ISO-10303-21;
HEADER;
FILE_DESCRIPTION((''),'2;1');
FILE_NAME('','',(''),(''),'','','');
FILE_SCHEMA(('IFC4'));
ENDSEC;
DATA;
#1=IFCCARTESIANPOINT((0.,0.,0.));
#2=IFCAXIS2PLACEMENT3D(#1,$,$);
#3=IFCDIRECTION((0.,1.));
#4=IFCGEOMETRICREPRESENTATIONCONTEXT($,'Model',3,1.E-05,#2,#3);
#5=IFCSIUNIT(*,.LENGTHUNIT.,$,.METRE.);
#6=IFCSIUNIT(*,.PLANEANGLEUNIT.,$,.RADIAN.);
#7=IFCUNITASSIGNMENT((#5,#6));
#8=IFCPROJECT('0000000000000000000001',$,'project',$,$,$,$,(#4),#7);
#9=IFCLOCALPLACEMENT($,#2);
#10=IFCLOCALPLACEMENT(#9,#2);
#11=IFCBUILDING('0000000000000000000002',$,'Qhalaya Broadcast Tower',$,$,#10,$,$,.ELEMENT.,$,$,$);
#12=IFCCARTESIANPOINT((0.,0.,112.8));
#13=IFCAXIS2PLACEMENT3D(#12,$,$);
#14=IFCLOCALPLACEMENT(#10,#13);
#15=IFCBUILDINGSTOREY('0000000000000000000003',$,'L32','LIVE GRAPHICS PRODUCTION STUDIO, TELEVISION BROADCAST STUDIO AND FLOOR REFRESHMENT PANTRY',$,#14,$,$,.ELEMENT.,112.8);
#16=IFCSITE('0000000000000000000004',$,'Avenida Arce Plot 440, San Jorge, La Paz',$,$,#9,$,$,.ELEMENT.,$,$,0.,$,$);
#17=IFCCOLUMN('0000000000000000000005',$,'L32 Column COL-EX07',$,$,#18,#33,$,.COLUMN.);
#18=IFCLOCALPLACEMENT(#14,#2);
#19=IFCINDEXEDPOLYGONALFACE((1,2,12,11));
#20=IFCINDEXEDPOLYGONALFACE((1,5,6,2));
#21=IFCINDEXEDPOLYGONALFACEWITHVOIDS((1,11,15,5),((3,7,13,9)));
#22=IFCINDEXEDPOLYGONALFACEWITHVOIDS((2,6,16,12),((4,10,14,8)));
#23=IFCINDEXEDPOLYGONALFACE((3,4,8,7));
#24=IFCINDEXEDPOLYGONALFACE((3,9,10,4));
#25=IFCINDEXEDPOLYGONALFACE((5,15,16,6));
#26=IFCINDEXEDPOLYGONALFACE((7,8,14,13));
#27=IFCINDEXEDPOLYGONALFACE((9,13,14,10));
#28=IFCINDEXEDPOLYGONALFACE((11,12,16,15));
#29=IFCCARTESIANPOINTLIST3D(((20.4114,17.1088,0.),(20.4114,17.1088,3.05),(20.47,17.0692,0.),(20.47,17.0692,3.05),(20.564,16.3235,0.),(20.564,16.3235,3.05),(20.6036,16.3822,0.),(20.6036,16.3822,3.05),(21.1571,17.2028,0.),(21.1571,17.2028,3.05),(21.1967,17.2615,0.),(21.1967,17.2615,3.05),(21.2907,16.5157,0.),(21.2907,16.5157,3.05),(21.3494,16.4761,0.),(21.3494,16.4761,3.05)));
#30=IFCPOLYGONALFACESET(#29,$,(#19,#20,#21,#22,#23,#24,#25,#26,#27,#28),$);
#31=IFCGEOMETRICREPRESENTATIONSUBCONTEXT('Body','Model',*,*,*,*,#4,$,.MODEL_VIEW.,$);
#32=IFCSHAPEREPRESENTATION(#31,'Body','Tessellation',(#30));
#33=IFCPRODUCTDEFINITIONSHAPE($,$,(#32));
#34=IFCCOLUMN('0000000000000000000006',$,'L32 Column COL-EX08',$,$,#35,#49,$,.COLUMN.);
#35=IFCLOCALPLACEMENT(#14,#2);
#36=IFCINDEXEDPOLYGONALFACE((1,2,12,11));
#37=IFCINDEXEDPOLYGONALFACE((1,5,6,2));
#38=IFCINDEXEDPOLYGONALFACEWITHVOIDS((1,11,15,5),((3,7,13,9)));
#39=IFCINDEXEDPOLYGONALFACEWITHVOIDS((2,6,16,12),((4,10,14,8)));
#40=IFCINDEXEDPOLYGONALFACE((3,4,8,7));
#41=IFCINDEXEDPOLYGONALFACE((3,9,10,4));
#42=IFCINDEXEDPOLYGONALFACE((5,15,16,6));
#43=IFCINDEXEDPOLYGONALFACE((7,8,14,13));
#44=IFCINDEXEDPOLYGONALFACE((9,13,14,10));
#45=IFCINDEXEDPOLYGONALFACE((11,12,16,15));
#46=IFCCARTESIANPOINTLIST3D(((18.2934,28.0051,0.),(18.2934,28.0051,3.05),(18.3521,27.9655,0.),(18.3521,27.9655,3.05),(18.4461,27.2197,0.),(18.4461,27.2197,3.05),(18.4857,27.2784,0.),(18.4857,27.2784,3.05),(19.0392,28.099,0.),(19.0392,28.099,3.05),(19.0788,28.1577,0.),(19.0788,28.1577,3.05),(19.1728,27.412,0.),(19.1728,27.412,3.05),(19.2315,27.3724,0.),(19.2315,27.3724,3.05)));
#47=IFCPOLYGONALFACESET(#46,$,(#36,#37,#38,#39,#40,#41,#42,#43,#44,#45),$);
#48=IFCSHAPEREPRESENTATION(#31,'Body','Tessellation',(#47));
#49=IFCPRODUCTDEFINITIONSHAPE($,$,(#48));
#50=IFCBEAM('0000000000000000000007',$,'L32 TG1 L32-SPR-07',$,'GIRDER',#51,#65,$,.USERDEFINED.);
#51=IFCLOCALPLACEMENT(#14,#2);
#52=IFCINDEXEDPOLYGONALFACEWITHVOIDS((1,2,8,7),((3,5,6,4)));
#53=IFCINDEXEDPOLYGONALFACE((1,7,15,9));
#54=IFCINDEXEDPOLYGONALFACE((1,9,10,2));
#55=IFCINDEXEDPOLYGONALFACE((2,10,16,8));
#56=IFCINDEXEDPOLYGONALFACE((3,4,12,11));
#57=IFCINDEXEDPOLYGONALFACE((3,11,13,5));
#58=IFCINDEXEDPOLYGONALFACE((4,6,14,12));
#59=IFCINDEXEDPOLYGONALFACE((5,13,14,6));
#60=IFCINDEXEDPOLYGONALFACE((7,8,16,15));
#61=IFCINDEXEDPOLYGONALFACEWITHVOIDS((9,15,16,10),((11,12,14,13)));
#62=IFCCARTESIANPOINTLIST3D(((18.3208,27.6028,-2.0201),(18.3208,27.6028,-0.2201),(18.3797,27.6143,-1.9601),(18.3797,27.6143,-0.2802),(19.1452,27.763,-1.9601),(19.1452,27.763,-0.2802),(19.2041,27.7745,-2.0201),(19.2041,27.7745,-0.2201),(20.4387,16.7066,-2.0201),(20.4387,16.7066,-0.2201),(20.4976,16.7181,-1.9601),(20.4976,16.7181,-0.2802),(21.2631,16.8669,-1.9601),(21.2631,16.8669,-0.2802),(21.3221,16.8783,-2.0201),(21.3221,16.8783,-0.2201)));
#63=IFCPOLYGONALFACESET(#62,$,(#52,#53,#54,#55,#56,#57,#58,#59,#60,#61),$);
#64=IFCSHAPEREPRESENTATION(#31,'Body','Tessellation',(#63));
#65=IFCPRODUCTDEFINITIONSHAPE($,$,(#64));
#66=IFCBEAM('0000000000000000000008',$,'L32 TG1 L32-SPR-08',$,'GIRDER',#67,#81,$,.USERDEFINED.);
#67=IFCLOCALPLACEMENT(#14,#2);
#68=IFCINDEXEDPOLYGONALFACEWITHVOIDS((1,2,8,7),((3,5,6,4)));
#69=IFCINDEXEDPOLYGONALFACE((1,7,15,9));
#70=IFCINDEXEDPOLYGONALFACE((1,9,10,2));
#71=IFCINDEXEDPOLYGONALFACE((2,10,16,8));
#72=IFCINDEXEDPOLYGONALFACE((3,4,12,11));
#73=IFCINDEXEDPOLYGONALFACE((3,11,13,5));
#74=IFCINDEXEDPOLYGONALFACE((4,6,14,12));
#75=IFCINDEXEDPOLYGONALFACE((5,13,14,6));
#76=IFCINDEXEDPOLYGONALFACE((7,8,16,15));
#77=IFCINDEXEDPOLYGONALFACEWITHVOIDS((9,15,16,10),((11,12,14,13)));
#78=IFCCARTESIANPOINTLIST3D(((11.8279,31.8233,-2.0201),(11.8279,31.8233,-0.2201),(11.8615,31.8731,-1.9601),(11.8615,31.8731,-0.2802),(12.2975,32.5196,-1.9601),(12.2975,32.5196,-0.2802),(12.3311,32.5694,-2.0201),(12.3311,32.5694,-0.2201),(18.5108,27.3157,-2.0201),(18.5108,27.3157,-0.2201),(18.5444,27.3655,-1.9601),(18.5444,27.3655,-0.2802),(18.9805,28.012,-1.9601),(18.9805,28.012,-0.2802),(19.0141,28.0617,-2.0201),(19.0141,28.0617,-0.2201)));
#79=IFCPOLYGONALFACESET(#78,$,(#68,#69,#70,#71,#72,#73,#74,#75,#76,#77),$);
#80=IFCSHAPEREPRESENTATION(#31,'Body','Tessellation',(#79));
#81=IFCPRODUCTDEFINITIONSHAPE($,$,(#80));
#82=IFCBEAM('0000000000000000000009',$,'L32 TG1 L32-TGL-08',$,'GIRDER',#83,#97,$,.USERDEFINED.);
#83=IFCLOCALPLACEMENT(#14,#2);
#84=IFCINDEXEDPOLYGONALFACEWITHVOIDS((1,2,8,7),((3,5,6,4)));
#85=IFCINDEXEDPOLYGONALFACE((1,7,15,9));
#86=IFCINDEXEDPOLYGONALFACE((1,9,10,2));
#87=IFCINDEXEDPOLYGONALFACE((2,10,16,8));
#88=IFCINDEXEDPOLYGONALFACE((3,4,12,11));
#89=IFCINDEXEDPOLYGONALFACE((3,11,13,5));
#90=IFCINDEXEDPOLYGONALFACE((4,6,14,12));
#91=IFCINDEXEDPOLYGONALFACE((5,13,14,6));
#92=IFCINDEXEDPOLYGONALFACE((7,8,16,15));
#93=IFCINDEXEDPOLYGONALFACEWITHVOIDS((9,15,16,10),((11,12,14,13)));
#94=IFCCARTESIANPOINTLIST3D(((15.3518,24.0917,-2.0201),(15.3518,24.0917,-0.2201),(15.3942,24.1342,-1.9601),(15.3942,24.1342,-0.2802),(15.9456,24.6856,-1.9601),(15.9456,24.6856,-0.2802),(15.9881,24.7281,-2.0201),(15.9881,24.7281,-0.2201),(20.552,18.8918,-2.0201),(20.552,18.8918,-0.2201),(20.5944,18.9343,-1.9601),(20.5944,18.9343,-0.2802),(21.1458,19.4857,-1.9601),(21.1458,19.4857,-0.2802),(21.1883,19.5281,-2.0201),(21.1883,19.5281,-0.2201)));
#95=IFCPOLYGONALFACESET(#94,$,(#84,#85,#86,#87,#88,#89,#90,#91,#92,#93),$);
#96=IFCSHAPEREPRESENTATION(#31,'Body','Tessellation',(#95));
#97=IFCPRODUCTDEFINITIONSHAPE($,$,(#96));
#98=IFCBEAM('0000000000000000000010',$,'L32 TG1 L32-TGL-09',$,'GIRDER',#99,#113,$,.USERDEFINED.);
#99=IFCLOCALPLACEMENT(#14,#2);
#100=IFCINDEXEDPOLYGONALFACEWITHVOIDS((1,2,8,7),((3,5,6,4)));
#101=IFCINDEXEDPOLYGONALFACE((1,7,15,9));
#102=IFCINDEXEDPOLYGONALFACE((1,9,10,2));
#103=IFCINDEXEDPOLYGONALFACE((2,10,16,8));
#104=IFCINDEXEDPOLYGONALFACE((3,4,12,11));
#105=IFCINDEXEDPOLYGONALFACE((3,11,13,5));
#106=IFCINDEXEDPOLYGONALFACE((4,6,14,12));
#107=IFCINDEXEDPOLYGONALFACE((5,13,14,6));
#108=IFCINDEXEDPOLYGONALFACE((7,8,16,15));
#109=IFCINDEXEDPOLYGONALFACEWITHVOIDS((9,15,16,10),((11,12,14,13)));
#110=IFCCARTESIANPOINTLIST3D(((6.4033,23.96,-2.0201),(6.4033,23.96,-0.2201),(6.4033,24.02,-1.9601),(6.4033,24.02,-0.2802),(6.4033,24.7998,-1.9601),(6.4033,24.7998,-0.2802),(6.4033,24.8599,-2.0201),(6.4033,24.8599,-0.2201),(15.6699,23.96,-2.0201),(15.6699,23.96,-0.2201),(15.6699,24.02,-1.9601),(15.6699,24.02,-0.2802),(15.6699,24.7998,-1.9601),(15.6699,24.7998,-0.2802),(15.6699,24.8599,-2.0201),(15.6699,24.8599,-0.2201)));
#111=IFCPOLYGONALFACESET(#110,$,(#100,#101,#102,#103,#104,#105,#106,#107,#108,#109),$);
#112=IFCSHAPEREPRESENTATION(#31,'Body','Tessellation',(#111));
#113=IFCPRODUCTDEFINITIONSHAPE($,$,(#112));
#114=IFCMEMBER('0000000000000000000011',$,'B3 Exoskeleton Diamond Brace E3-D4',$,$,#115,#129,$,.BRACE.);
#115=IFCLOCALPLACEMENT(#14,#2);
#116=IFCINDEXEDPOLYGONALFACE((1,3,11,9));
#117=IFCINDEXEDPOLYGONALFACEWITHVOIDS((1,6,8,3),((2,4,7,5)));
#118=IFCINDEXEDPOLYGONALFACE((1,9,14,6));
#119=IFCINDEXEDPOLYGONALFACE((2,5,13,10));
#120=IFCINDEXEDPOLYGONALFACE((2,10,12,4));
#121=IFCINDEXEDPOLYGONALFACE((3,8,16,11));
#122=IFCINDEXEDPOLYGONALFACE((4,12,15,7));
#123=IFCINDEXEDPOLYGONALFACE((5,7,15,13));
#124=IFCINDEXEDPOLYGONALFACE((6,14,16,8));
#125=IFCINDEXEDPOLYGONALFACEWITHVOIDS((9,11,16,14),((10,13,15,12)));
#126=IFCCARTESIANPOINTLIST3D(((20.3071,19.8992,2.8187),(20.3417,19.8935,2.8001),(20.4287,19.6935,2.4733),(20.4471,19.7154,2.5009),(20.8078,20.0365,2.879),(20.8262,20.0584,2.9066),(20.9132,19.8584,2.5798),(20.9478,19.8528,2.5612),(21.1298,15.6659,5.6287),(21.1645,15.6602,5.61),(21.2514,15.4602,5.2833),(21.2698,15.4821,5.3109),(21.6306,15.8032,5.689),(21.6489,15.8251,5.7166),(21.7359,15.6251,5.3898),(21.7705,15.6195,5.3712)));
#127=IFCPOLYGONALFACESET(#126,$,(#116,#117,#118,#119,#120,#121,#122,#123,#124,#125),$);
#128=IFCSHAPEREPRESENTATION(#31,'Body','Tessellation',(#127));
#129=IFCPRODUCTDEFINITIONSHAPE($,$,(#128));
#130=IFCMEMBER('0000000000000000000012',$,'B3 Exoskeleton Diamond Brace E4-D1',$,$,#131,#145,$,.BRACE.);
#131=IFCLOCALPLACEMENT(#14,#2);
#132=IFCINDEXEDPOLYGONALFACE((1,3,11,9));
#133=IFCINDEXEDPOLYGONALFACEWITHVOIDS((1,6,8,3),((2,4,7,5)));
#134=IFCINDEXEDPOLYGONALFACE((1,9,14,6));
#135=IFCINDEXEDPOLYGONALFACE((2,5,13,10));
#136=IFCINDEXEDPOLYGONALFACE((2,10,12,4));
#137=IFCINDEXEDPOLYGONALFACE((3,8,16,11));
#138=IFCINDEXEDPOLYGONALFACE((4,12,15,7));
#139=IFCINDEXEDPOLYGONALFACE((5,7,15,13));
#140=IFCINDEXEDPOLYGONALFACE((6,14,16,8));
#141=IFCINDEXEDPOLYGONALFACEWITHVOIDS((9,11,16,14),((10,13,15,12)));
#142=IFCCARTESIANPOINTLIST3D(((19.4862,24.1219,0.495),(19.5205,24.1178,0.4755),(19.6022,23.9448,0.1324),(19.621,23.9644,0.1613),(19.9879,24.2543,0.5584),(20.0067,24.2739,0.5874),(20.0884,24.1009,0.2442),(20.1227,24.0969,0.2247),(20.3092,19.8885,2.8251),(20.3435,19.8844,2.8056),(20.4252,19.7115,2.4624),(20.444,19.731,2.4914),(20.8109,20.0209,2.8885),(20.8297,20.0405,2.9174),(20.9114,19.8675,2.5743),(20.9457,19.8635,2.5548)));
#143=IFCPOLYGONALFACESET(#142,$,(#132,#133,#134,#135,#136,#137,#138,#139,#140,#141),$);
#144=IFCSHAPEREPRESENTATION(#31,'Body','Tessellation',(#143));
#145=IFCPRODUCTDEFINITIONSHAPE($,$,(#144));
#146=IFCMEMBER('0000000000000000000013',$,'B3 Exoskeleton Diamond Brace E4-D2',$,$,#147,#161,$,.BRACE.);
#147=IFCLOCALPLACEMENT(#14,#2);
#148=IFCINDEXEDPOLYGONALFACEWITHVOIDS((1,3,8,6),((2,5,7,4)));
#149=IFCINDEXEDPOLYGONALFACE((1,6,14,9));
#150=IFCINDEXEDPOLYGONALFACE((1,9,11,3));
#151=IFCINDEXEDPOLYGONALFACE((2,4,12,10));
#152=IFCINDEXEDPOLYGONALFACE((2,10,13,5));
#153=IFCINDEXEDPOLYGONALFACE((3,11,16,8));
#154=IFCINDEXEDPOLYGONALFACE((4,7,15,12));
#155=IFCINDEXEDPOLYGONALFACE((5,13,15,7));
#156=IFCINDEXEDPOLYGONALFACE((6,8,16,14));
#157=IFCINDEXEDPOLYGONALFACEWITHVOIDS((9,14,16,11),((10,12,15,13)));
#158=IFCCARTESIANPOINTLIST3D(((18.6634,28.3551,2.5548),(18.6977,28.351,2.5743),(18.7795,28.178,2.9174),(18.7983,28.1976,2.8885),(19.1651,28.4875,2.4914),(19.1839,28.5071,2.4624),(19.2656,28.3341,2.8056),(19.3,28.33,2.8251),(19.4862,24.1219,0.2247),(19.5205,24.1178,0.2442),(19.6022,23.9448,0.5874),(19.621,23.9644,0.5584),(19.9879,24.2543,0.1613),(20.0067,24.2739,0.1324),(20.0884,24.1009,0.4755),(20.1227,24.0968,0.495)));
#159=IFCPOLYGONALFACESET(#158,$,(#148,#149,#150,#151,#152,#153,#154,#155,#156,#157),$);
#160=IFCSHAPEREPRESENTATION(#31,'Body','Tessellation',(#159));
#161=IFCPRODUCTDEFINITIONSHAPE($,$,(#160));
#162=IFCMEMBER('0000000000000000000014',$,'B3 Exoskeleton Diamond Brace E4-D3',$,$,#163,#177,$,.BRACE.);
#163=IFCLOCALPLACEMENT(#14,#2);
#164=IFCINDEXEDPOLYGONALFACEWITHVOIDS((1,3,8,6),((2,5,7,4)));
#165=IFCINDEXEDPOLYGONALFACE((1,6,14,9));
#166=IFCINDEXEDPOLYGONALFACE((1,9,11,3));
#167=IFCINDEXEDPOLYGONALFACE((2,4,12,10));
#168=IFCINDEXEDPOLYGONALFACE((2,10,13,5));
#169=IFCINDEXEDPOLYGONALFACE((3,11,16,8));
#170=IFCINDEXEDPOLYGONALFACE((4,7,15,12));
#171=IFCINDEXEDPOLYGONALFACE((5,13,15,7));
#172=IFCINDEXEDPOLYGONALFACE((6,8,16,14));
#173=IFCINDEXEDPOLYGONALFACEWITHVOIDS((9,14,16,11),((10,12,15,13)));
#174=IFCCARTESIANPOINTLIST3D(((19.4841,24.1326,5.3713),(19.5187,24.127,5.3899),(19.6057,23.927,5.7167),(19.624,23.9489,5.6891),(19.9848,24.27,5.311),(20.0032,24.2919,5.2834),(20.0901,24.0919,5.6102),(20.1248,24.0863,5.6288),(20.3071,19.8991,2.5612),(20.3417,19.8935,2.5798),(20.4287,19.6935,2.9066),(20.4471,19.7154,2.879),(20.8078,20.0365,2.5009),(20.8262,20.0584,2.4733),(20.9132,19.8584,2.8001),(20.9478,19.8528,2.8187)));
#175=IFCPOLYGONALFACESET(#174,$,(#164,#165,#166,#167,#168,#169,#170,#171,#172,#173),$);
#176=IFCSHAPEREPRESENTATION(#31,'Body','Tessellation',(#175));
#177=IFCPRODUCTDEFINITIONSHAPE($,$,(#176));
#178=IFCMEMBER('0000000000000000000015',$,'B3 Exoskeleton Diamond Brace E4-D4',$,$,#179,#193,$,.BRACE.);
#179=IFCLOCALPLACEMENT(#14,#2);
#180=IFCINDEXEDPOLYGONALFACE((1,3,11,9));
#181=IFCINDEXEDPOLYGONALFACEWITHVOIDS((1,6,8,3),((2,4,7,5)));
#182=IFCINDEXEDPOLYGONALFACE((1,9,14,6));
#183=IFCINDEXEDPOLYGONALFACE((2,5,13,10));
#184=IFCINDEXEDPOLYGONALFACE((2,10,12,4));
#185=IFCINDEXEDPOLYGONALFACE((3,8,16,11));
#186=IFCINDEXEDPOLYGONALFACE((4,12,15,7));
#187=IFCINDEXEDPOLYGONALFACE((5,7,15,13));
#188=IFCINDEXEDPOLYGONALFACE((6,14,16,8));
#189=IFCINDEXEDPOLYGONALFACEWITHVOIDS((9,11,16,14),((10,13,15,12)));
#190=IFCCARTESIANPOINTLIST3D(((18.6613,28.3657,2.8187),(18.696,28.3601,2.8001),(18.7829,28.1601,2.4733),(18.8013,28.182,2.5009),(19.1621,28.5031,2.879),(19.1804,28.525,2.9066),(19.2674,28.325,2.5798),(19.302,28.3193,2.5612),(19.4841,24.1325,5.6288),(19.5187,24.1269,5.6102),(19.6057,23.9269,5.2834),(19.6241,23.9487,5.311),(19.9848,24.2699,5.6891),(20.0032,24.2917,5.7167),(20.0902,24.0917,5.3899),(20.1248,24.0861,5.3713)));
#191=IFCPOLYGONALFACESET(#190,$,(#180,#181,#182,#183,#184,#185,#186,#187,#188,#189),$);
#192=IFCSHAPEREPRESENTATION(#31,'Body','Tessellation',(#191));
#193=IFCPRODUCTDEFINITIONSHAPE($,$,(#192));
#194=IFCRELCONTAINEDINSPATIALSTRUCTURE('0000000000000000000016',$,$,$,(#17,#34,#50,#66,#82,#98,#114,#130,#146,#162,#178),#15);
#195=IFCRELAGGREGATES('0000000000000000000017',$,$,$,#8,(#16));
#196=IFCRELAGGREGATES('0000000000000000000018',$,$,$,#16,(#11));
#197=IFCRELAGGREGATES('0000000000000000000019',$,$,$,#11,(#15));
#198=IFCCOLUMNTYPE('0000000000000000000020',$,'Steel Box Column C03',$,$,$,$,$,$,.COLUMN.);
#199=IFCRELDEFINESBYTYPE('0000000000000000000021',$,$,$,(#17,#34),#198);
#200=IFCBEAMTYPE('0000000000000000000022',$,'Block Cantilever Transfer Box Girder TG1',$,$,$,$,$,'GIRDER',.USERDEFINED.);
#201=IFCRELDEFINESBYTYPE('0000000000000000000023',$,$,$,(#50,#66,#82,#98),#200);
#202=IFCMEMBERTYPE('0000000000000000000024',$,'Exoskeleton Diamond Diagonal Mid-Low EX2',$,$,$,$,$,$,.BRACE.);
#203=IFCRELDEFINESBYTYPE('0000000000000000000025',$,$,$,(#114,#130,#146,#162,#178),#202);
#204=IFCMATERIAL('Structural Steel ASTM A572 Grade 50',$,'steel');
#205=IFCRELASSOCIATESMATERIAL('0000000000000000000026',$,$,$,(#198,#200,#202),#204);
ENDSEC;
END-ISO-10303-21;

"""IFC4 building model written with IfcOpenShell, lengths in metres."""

from ifc_helpers import new_model, si_unit, direction, frame, origin, origin_2d, place, context, subcontext, project, spatial, hollow_rectangle, extrude, material, material_profile, profile_set, type_object, element, save


model = new_model("IFC4")

# Units and contexts
model_context = context("Model", 3, precision=1e-05, world=origin(), true_north=direction((0.0, 1.0)))
body_context = subcontext(model_context, "Body", "Model", "MODEL_VIEW")
ifc_project = project(units=[si_unit("LENGTHUNIT", "METRE"), si_unit("PLANEANGLEUNIT", "RADIAN")], contexts=[model_context])

# Site, building, storey
site_placement = place(None, origin())
site = spatial("IfcSite", under=ifc_project, at=site_placement, Name="Avenida Arce Plot 440, San Jorge, La Paz", CompositionType="ELEMENT", RefElevation=0.0)
building_placement = place(site_placement, origin())
building = spatial("IfcBuilding", under=site, at=building_placement, Name="Qhalaya Broadcast Tower", CompositionType="ELEMENT")
storey_placement = place(building_placement, frame((0.0, 0.0, 112.8)))
storey = spatial("IfcBuildingStorey", under=building, at=storey_placement, Name="L32", Description="LIVE GRAPHICS PRODUCTION STUDIO, TELEVISION BROADCAST STUDIO AND FLOOR REFRESHMENT PANTRY", CompositionType="ELEMENT", Elevation=112.8)

# Columns
ifc_material_1 = material(Name="Structural Steel ASTM A572 Grade 50", Category="steel")
ifc_material_profile_1 = material_profile(ifc_material_1, hollow_rectangle(XDim=0.8, YDim=0.8, WallThickness=0.05, at=origin_2d()), Name="BOX 800x800x50")
ifc_profile_set_1 = profile_set([ifc_material_profile_1], Name="Structural Steel ASTM A572 Grade 50")
column_type = type_object("IfcColumnType", Name="Steel Box Column C03", PredefinedType="COLUMN", material=ifc_profile_set_1)
for number, where, z_axis, x_axis, name in (
    (1, (20.8804, 16.7925, 0.0), (0.0, 0.0, 1.0), (-0.190809, 0.981627, 0.0), "L32 Column COL-EX07"),
    (2, (18.7625, 27.6887, 0.0), (0.0, 0.0, 1.0), (-0.190809, 0.981627, 0.0), "L32 Column COL-EX08"),
):
    element("IfcColumn", number, at=place(storey_placement, frame(where, z_axis=z_axis, x_axis=x_axis)), inside=storey, type_object=column_type, Name=name, PredefinedType="COLUMN", context=body_context, shape_type="SweptSolid", body=[
        extrude(hollow_rectangle(XDim=0.8, YDim=0.8, WallThickness=0.05, at=origin_2d()), origin(), (0.0, 0.0, 1.0), 3.05),
    ])

# Beams
ifc_material_profile_2 = material_profile(ifc_material_1, hollow_rectangle(XDim=0.8999, YDim=1.8, WallThickness=0.0601, at=origin_2d()), Name="BOX 900x1800x60")
ifc_profile_set_2 = profile_set([ifc_material_profile_2], Name="Structural Steel ASTM A572 Grade 50")
beam_type_1 = type_object("IfcBeamType", Name="Block Cantilever Transfer Box Girder TG1", ElementType="GIRDER", PredefinedType="USERDEFINED", material=ifc_profile_set_2)
beam_1_placement = place(storey_placement, frame((20.8804, 16.7925, -1.1201), z_axis=(-0.190801, 0.981629, 0.0), x_axis=(-0.981629, -0.190801, 0.0)))
element("IfcBeam", 3, at=beam_1_placement, inside=storey, type_object=beam_type_1, Name="L32 TG1 L32-SPR-07", ObjectType="GIRDER", PredefinedType="USERDEFINED", context=body_context, shape_type="SweptSolid", body=[
    extrude(hollow_rectangle(XDim=0.8999, YDim=1.8, WallThickness=0.0601, at=origin_2d()), origin(), (0.0, 0.0, 1.0), 11.1001),
])
beam_2_placement = place(storey_placement, frame((18.7625, 27.6887, -1.1201), z_axis=(-0.829042, 0.559186, 0.0), x_axis=(-0.559186, -0.829042, 0.0)))
element("IfcBeam", 4, at=beam_2_placement, inside=storey, type_object=beam_type_1, Name="L32 TG1 L32-SPR-08", ObjectType="GIRDER", PredefinedType="USERDEFINED", context=body_context, shape_type="SweptSolid", body=[
    extrude(hollow_rectangle(XDim=0.8999, YDim=1.8, WallThickness=0.0601, at=origin_2d()), origin(), (0.0, 0.0, 1.0), 8.061),
])
beam_3_placement = place(storey_placement, frame((20.8701, 19.21, -1.1201), z_axis=(-0.707123, 0.70709, 0.0), x_axis=(-0.70709, -0.707123, 0.0)))
element("IfcBeam", 5, at=beam_3_placement, inside=storey, type_object=beam_type_1, Name="L32 TG1 L32-TGL-08", ObjectType="GIRDER", PredefinedType="USERDEFINED", context=body_context, shape_type="SweptSolid", body=[
    extrude(hollow_rectangle(XDim=0.8999, YDim=1.8, WallThickness=0.0601, at=origin_2d()), origin(), (0.0, 0.0, 1.0), 7.354),
])
beam_4_placement = place(storey_placement, frame((15.6699, 24.4099, -1.1201), z_axis=(-1.0, 0.0, 0.0), x_axis=(0.0, -1.0, 0.0)))
element("IfcBeam", 6, at=beam_4_placement, inside=storey, type_object=beam_type_1, Name="L32 TG1 L32-TGL-09", ObjectType="GIRDER", PredefinedType="USERDEFINED", context=body_context, shape_type="SweptSolid", body=[
    extrude(hollow_rectangle(XDim=0.8999, YDim=1.8, WallThickness=0.0601, at=origin_2d()), origin(), (0.0, 0.0, 1.0), 9.2666),
])

# Members
ifc_material_profile_3 = material_profile(ifc_material_1, hollow_rectangle(XDim=0.4199, YDim=0.55, WallThickness=0.0281, at=origin_2d()), Name="BOX 420x550x28")
ifc_profile_set_3 = profile_set([ifc_material_profile_3], Name="Structural Steel ASTM A572 Grade 50")
member_type = type_object("IfcMemberType", Name="Exoskeleton Diamond Diagonal Mid-Low EX2", PredefinedType="BRACE", material=ifc_profile_set_3)
member_1_placement = place(storey_placement, frame((20.6274, 19.876, 2.6899), z_axis=(0.159841, -0.822445, 0.545925), x_axis=(-0.289542, 0.48965, 0.82244)))
element("IfcMember", 7, at=member_1_placement, inside=storey, type_object=member_type, Name="B3 Exoskeleton Diamond Brace E3-D4", PredefinedType="BRACE", context=body_context, shape_type="SweptSolid", body=[
    extrude(hollow_rectangle(XDim=0.4199, YDim=0.55, WallThickness=0.0281, at=origin_2d()), origin(), (0.0, 0.0, 1.0), 5.1472),
])
member_2_placement = place(storey_placement, frame((19.8044, 24.1094, 0.3599), z_axis=(0.167895, -0.863631, 0.475346), x_axis=(-0.276348, 0.421624, 0.863635)))
element("IfcMember", 8, at=member_2_placement, inside=storey, type_object=member_type, Name="B3 Exoskeleton Diamond Brace E4-D1", PredefinedType="BRACE", context=body_context, shape_type="SweptSolid", body=[
    extrude(hollow_rectangle(XDim=0.4199, YDim=0.55, WallThickness=0.0281, at=origin_2d()), origin(), (0.0, 0.0, 1.0), 4.9019),
])
member_3_placement = place(storey_placement, frame((19.8044, 24.1094, 0.3599), z_axis=(-0.167854, 0.863625, 0.47537), x_axis=(0.276333, -0.42166, 0.863622)))
element("IfcMember", 9, at=member_3_placement, inside=storey, type_object=member_type, Name="B3 Exoskeleton Diamond Brace E4-D2", PredefinedType="BRACE", context=body_context, shape_type="SweptSolid", body=[
    extrude(hollow_rectangle(XDim=0.4199, YDim=0.55, WallThickness=0.0281, at=origin_2d()), origin(), (0.0, 0.0, 1.0), 4.9016),
])
member_4_placement = place(storey_placement, frame((20.6274, 19.876, 2.6899), z_axis=(-0.159887, 0.822439, 0.545921), x_axis=(0.289568, -0.48963, 0.822443)))
element("IfcMember", 10, at=member_4_placement, inside=storey, type_object=member_type, Name="B3 Exoskeleton Diamond Brace E4-D3", PredefinedType="BRACE", context=body_context, shape_type="SweptSolid", body=[
    extrude(hollow_rectangle(XDim=0.4199, YDim=0.55, WallThickness=0.0281, at=origin_2d()), origin(), (0.0, 0.0, 1.0), 5.1475),
])
for number, where, z_axis, x_axis, name in (
    (11, (18.9817, 28.3425, 2.6899), (0.159847, -0.82243, 0.545947), (-0.289551, 0.489668, 0.822427), "B3 Exoskeleton Diamond Brace E4-D4"),
):
    element("IfcMember", number, at=place(storey_placement, frame(where, z_axis=z_axis, x_axis=x_axis)), inside=storey, type_object=member_type, Name=name, PredefinedType="BRACE", context=body_context, shape_type="SweptSolid", body=[
        extrude(hollow_rectangle(XDim=0.4199, YDim=0.55, WallThickness=0.0281, at=origin_2d()), origin(), (0.0, 0.0, 1.0), 5.1472),
    ])

save(model, "model.ifc")
